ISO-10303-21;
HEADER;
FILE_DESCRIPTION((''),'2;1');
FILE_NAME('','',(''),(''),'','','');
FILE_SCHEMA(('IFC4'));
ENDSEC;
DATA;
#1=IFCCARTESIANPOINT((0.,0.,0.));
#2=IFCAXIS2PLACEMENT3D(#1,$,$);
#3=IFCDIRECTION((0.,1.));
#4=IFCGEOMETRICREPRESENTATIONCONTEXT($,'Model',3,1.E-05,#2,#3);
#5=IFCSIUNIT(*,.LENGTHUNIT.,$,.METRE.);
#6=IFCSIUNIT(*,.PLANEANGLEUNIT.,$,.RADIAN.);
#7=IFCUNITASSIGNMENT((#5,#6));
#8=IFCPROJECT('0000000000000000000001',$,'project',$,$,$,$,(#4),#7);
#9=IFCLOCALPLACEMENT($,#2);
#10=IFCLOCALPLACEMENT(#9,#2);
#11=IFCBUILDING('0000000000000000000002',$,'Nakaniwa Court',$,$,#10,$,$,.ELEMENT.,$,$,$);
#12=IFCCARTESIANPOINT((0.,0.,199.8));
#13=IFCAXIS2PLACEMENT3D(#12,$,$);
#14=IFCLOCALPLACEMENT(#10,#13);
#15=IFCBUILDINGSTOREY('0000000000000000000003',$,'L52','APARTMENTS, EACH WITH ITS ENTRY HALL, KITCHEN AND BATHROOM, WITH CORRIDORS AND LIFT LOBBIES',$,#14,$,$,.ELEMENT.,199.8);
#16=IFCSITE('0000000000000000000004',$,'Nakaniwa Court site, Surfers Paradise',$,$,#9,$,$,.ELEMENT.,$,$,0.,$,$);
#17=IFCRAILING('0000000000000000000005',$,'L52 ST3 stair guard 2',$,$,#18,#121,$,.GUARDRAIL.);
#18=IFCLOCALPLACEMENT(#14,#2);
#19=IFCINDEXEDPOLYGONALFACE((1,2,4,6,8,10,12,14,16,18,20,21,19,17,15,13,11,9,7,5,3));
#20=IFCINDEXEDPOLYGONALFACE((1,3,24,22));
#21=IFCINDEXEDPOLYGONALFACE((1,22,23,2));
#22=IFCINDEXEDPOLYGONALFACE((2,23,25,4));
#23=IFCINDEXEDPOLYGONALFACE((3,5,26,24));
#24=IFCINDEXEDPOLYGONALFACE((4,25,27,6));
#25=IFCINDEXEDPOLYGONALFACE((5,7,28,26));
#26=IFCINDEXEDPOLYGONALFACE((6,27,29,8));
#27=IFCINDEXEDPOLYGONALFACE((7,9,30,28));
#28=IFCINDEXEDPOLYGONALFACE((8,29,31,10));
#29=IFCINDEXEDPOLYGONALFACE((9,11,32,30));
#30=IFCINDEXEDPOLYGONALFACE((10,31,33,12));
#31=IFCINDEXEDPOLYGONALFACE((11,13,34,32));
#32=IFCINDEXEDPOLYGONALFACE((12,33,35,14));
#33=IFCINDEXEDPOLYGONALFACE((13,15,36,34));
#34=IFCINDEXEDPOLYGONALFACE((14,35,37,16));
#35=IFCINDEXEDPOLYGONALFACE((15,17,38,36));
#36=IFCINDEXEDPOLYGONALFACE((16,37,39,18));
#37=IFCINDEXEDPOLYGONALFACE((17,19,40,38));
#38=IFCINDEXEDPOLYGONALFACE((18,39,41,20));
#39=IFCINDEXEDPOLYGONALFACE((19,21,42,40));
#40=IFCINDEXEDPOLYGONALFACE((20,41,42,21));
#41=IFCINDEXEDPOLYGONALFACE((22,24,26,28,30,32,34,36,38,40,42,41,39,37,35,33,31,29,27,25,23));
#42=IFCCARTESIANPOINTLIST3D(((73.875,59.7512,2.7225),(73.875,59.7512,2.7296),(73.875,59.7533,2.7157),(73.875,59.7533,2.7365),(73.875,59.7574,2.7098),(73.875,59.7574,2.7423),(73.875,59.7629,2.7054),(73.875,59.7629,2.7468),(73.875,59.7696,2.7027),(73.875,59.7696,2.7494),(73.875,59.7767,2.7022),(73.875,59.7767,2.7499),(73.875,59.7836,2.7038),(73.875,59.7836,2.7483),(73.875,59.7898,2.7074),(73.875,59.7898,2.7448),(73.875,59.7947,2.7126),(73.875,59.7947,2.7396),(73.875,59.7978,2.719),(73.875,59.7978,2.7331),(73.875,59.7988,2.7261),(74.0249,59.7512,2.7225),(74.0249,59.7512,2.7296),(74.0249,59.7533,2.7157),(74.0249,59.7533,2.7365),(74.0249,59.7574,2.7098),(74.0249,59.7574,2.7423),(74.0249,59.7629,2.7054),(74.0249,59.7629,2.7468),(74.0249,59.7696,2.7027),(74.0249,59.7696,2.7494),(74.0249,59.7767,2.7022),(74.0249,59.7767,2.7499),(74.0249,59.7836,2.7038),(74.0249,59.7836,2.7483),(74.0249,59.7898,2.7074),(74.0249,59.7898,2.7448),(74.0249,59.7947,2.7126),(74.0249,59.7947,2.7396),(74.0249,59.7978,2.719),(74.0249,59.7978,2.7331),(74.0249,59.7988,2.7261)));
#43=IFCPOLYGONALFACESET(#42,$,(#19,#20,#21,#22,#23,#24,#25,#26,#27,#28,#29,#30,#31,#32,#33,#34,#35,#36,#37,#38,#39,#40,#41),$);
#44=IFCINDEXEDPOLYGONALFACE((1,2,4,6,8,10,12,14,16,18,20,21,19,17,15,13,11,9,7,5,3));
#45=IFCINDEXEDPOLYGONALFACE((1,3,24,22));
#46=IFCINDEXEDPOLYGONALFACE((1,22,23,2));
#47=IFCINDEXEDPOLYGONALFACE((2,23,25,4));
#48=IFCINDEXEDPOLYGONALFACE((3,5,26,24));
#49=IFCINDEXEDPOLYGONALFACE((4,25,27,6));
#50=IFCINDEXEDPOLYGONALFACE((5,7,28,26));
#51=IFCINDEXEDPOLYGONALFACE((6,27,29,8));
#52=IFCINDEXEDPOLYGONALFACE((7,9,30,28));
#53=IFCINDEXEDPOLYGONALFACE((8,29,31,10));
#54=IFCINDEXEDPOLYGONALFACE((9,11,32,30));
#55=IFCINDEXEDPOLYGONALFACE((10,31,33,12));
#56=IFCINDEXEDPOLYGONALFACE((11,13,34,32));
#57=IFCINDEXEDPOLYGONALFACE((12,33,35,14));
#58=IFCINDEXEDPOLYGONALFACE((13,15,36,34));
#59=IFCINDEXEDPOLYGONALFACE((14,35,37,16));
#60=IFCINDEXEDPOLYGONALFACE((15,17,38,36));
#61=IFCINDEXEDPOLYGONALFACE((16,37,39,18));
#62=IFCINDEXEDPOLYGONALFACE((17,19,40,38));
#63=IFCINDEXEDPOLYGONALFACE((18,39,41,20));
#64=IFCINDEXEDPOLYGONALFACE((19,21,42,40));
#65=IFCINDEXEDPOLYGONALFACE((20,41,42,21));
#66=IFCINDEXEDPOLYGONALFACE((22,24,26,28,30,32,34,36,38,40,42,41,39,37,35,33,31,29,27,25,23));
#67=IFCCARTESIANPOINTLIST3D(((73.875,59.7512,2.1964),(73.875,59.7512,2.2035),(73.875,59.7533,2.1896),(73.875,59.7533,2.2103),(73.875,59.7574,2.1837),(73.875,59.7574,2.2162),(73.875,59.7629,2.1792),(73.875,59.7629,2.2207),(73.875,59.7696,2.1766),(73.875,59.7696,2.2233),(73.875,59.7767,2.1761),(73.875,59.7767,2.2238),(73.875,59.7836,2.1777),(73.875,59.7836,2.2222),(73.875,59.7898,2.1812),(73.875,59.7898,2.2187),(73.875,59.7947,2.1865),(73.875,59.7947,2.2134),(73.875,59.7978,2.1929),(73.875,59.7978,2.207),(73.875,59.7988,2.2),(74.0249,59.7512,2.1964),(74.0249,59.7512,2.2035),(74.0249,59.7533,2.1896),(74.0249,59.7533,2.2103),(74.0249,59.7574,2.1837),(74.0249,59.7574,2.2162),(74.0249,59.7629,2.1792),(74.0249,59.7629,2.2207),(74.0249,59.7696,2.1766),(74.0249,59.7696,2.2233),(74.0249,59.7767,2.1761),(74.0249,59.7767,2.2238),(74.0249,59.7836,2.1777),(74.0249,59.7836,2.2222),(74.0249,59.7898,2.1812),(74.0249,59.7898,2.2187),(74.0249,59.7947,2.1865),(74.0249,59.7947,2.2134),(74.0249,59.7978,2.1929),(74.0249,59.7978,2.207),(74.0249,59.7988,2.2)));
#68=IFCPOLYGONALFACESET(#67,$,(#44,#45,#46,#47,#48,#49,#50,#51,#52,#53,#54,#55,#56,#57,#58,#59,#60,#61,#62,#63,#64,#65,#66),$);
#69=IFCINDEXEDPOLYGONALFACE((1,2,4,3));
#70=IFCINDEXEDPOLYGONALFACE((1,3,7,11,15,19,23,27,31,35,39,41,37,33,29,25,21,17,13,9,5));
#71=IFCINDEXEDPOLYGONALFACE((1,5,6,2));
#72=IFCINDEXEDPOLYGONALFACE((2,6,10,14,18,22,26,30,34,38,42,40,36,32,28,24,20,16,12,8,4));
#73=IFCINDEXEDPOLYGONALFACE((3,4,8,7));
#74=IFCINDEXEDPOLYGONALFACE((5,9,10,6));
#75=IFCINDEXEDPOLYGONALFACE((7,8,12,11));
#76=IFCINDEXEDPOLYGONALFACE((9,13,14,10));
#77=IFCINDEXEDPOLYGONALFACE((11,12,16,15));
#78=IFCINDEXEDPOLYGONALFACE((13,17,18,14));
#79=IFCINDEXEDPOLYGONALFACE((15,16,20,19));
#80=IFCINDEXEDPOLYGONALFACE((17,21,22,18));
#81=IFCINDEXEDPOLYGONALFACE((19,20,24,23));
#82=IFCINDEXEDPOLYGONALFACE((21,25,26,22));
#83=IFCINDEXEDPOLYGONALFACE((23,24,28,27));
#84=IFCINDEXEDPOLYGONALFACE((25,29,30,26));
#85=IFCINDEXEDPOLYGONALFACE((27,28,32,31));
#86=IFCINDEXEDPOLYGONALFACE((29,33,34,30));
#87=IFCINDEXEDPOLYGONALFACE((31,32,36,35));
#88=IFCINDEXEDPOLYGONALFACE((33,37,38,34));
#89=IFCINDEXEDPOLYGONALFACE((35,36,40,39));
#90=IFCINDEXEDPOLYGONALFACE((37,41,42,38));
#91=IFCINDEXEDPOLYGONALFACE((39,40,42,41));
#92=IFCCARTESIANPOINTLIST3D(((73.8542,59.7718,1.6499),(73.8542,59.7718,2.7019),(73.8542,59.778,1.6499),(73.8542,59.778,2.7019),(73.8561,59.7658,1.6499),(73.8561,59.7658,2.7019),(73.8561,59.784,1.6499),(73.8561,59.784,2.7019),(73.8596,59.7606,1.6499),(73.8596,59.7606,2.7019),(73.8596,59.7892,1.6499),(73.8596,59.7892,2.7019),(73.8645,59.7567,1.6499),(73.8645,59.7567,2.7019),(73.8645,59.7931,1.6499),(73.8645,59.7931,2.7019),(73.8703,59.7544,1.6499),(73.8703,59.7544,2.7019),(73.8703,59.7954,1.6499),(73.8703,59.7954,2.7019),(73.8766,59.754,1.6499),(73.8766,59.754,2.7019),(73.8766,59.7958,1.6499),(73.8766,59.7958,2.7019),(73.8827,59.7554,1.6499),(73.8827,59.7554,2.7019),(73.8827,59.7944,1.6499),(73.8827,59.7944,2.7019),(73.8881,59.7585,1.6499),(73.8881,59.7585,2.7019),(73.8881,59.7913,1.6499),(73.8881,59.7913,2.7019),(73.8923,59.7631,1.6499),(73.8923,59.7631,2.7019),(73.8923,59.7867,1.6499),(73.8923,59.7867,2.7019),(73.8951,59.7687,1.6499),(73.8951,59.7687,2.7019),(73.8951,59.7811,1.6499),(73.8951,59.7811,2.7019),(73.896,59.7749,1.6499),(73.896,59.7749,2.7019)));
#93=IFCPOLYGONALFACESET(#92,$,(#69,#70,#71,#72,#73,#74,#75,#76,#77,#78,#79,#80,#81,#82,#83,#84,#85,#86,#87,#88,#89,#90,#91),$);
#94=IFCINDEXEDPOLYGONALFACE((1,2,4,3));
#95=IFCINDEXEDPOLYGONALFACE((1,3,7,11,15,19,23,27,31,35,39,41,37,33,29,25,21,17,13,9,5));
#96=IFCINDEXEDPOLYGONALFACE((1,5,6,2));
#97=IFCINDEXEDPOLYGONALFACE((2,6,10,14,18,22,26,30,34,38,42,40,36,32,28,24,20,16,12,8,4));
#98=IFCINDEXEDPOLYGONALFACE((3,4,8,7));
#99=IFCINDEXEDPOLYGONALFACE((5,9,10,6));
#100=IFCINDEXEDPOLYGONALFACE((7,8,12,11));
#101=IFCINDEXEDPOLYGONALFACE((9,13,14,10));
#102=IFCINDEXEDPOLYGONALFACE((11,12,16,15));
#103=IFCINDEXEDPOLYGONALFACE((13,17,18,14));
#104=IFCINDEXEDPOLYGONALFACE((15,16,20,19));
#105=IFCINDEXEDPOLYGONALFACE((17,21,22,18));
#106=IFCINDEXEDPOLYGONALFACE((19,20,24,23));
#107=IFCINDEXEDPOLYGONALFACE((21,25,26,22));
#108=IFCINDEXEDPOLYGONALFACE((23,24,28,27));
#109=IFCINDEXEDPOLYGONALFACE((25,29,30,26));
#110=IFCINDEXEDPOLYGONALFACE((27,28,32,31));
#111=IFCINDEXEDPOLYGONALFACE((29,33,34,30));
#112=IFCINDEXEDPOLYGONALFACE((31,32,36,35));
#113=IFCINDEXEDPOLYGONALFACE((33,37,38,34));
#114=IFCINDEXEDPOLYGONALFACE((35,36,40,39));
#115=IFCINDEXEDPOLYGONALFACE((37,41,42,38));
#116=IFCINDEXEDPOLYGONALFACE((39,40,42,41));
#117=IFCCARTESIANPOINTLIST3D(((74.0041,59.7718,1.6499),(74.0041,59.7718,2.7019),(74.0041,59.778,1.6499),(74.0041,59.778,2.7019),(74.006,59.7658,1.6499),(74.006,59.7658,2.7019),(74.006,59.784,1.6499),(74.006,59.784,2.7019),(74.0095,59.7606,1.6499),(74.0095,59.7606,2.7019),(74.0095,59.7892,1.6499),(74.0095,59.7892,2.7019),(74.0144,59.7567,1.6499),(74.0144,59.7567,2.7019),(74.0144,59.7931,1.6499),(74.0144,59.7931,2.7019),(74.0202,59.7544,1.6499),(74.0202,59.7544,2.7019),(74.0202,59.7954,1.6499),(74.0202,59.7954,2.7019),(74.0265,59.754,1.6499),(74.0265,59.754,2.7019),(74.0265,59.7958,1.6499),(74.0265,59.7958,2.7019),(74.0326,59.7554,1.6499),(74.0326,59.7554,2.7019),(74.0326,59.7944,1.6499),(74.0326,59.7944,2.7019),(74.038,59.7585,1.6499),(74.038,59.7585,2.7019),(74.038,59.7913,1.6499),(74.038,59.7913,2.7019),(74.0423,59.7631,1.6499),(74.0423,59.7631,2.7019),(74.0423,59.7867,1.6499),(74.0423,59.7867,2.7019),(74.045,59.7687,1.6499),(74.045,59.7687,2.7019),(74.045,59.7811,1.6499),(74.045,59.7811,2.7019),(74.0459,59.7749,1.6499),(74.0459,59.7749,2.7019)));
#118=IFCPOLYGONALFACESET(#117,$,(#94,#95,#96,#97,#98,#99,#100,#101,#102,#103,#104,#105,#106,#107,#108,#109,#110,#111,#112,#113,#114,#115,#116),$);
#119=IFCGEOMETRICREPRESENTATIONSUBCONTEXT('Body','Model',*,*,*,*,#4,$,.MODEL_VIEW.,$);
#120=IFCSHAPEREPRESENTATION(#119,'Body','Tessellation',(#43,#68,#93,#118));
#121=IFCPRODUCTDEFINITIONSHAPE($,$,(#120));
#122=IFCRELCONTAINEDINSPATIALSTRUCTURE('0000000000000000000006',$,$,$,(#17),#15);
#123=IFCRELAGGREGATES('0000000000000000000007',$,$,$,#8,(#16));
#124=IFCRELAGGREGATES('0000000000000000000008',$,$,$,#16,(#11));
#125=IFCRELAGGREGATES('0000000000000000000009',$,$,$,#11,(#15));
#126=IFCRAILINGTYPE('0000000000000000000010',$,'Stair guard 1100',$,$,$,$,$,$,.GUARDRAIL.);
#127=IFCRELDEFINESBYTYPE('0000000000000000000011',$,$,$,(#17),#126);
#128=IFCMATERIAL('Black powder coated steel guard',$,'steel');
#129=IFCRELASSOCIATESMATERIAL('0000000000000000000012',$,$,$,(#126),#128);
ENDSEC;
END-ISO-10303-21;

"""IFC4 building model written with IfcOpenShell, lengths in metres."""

from ifc_helpers import new_model, si_unit, direction, frame, origin, origin_2d, place, context, subcontext, project, spatial, circle, extrude, material, type_object, element, save


model = new_model("IFC4")

# Units and contexts
model_context = context("Model", 3, precision=1e-05, world=origin(), true_north=direction((0.0, 1.0)))
body_context = subcontext(model_context, "Body", "Model", "MODEL_VIEW")
ifc_project = project(units=[si_unit("LENGTHUNIT", "METRE"), si_unit("PLANEANGLEUNIT", "RADIAN")], contexts=[model_context])

# Site, building, storey
site_placement = place(None, origin())
site = spatial("IfcSite", under=ifc_project, at=site_placement, Name="Nakaniwa Court site, Surfers Paradise", CompositionType="ELEMENT", RefElevation=0.0)
building_placement = place(site_placement, origin())
building = spatial("IfcBuilding", under=site, at=building_placement, Name="Nakaniwa Court", CompositionType="ELEMENT")
storey_placement = place(building_placement, frame((0.0, 0.0, 199.8)))
storey = spatial("IfcBuildingStorey", under=building, at=storey_placement, Name="L52", Description="APARTMENTS, EACH WITH ITS ENTRY HALL, KITCHEN AND BATHROOM, WITH CORRIDORS AND LIFT LOBBIES", CompositionType="ELEMENT", Elevation=199.8)

# Railing
ifc_material_1 = material(Name="Black powder coated steel guard", Category="steel")
railing_type_1 = type_object("IfcRailingType", Name="Stair guard 1100", PredefinedType="GUARDRAIL", material=ifc_material_1)
railing_1_placement = place(storey_placement, frame((73.875, 59.7749, 1.6499)))
element("IfcRailing", 1, at=railing_1_placement, inside=storey, type_object=railing_type_1, Name="L52 ST3 stair guard 2", PredefinedType="GUARDRAIL", context=body_context, shape_type="SweptSolid", body=[
    extrude(circle(Radius=0.0239, at=origin_2d()), frame((0.0, 0.0, 1.0762), z_axis=(1.0, 0.0, 0.0), x_axis=(0.0, 1.0, 0.0)), (0.0, 0.0, 1.0), 0.1499),
    extrude(circle(Radius=0.0239, at=origin_2d()), frame((0.0, 0.0, 0.55), z_axis=(1.0, 0.0, 0.0), x_axis=(0.0, 1.0, 0.0)), (0.0, 0.0, 1.0), 0.1499),
    extrude(circle(Radius=0.021, at=origin_2d()), origin(), (0.0, 0.0, 1.0), 1.052),
    extrude(circle(Radius=0.021, at=origin_2d()), frame((0.1499, 0.0, 0.0)), (0.0, 0.0, 1.0), 1.052),
])

save(model, "model.ifc")
